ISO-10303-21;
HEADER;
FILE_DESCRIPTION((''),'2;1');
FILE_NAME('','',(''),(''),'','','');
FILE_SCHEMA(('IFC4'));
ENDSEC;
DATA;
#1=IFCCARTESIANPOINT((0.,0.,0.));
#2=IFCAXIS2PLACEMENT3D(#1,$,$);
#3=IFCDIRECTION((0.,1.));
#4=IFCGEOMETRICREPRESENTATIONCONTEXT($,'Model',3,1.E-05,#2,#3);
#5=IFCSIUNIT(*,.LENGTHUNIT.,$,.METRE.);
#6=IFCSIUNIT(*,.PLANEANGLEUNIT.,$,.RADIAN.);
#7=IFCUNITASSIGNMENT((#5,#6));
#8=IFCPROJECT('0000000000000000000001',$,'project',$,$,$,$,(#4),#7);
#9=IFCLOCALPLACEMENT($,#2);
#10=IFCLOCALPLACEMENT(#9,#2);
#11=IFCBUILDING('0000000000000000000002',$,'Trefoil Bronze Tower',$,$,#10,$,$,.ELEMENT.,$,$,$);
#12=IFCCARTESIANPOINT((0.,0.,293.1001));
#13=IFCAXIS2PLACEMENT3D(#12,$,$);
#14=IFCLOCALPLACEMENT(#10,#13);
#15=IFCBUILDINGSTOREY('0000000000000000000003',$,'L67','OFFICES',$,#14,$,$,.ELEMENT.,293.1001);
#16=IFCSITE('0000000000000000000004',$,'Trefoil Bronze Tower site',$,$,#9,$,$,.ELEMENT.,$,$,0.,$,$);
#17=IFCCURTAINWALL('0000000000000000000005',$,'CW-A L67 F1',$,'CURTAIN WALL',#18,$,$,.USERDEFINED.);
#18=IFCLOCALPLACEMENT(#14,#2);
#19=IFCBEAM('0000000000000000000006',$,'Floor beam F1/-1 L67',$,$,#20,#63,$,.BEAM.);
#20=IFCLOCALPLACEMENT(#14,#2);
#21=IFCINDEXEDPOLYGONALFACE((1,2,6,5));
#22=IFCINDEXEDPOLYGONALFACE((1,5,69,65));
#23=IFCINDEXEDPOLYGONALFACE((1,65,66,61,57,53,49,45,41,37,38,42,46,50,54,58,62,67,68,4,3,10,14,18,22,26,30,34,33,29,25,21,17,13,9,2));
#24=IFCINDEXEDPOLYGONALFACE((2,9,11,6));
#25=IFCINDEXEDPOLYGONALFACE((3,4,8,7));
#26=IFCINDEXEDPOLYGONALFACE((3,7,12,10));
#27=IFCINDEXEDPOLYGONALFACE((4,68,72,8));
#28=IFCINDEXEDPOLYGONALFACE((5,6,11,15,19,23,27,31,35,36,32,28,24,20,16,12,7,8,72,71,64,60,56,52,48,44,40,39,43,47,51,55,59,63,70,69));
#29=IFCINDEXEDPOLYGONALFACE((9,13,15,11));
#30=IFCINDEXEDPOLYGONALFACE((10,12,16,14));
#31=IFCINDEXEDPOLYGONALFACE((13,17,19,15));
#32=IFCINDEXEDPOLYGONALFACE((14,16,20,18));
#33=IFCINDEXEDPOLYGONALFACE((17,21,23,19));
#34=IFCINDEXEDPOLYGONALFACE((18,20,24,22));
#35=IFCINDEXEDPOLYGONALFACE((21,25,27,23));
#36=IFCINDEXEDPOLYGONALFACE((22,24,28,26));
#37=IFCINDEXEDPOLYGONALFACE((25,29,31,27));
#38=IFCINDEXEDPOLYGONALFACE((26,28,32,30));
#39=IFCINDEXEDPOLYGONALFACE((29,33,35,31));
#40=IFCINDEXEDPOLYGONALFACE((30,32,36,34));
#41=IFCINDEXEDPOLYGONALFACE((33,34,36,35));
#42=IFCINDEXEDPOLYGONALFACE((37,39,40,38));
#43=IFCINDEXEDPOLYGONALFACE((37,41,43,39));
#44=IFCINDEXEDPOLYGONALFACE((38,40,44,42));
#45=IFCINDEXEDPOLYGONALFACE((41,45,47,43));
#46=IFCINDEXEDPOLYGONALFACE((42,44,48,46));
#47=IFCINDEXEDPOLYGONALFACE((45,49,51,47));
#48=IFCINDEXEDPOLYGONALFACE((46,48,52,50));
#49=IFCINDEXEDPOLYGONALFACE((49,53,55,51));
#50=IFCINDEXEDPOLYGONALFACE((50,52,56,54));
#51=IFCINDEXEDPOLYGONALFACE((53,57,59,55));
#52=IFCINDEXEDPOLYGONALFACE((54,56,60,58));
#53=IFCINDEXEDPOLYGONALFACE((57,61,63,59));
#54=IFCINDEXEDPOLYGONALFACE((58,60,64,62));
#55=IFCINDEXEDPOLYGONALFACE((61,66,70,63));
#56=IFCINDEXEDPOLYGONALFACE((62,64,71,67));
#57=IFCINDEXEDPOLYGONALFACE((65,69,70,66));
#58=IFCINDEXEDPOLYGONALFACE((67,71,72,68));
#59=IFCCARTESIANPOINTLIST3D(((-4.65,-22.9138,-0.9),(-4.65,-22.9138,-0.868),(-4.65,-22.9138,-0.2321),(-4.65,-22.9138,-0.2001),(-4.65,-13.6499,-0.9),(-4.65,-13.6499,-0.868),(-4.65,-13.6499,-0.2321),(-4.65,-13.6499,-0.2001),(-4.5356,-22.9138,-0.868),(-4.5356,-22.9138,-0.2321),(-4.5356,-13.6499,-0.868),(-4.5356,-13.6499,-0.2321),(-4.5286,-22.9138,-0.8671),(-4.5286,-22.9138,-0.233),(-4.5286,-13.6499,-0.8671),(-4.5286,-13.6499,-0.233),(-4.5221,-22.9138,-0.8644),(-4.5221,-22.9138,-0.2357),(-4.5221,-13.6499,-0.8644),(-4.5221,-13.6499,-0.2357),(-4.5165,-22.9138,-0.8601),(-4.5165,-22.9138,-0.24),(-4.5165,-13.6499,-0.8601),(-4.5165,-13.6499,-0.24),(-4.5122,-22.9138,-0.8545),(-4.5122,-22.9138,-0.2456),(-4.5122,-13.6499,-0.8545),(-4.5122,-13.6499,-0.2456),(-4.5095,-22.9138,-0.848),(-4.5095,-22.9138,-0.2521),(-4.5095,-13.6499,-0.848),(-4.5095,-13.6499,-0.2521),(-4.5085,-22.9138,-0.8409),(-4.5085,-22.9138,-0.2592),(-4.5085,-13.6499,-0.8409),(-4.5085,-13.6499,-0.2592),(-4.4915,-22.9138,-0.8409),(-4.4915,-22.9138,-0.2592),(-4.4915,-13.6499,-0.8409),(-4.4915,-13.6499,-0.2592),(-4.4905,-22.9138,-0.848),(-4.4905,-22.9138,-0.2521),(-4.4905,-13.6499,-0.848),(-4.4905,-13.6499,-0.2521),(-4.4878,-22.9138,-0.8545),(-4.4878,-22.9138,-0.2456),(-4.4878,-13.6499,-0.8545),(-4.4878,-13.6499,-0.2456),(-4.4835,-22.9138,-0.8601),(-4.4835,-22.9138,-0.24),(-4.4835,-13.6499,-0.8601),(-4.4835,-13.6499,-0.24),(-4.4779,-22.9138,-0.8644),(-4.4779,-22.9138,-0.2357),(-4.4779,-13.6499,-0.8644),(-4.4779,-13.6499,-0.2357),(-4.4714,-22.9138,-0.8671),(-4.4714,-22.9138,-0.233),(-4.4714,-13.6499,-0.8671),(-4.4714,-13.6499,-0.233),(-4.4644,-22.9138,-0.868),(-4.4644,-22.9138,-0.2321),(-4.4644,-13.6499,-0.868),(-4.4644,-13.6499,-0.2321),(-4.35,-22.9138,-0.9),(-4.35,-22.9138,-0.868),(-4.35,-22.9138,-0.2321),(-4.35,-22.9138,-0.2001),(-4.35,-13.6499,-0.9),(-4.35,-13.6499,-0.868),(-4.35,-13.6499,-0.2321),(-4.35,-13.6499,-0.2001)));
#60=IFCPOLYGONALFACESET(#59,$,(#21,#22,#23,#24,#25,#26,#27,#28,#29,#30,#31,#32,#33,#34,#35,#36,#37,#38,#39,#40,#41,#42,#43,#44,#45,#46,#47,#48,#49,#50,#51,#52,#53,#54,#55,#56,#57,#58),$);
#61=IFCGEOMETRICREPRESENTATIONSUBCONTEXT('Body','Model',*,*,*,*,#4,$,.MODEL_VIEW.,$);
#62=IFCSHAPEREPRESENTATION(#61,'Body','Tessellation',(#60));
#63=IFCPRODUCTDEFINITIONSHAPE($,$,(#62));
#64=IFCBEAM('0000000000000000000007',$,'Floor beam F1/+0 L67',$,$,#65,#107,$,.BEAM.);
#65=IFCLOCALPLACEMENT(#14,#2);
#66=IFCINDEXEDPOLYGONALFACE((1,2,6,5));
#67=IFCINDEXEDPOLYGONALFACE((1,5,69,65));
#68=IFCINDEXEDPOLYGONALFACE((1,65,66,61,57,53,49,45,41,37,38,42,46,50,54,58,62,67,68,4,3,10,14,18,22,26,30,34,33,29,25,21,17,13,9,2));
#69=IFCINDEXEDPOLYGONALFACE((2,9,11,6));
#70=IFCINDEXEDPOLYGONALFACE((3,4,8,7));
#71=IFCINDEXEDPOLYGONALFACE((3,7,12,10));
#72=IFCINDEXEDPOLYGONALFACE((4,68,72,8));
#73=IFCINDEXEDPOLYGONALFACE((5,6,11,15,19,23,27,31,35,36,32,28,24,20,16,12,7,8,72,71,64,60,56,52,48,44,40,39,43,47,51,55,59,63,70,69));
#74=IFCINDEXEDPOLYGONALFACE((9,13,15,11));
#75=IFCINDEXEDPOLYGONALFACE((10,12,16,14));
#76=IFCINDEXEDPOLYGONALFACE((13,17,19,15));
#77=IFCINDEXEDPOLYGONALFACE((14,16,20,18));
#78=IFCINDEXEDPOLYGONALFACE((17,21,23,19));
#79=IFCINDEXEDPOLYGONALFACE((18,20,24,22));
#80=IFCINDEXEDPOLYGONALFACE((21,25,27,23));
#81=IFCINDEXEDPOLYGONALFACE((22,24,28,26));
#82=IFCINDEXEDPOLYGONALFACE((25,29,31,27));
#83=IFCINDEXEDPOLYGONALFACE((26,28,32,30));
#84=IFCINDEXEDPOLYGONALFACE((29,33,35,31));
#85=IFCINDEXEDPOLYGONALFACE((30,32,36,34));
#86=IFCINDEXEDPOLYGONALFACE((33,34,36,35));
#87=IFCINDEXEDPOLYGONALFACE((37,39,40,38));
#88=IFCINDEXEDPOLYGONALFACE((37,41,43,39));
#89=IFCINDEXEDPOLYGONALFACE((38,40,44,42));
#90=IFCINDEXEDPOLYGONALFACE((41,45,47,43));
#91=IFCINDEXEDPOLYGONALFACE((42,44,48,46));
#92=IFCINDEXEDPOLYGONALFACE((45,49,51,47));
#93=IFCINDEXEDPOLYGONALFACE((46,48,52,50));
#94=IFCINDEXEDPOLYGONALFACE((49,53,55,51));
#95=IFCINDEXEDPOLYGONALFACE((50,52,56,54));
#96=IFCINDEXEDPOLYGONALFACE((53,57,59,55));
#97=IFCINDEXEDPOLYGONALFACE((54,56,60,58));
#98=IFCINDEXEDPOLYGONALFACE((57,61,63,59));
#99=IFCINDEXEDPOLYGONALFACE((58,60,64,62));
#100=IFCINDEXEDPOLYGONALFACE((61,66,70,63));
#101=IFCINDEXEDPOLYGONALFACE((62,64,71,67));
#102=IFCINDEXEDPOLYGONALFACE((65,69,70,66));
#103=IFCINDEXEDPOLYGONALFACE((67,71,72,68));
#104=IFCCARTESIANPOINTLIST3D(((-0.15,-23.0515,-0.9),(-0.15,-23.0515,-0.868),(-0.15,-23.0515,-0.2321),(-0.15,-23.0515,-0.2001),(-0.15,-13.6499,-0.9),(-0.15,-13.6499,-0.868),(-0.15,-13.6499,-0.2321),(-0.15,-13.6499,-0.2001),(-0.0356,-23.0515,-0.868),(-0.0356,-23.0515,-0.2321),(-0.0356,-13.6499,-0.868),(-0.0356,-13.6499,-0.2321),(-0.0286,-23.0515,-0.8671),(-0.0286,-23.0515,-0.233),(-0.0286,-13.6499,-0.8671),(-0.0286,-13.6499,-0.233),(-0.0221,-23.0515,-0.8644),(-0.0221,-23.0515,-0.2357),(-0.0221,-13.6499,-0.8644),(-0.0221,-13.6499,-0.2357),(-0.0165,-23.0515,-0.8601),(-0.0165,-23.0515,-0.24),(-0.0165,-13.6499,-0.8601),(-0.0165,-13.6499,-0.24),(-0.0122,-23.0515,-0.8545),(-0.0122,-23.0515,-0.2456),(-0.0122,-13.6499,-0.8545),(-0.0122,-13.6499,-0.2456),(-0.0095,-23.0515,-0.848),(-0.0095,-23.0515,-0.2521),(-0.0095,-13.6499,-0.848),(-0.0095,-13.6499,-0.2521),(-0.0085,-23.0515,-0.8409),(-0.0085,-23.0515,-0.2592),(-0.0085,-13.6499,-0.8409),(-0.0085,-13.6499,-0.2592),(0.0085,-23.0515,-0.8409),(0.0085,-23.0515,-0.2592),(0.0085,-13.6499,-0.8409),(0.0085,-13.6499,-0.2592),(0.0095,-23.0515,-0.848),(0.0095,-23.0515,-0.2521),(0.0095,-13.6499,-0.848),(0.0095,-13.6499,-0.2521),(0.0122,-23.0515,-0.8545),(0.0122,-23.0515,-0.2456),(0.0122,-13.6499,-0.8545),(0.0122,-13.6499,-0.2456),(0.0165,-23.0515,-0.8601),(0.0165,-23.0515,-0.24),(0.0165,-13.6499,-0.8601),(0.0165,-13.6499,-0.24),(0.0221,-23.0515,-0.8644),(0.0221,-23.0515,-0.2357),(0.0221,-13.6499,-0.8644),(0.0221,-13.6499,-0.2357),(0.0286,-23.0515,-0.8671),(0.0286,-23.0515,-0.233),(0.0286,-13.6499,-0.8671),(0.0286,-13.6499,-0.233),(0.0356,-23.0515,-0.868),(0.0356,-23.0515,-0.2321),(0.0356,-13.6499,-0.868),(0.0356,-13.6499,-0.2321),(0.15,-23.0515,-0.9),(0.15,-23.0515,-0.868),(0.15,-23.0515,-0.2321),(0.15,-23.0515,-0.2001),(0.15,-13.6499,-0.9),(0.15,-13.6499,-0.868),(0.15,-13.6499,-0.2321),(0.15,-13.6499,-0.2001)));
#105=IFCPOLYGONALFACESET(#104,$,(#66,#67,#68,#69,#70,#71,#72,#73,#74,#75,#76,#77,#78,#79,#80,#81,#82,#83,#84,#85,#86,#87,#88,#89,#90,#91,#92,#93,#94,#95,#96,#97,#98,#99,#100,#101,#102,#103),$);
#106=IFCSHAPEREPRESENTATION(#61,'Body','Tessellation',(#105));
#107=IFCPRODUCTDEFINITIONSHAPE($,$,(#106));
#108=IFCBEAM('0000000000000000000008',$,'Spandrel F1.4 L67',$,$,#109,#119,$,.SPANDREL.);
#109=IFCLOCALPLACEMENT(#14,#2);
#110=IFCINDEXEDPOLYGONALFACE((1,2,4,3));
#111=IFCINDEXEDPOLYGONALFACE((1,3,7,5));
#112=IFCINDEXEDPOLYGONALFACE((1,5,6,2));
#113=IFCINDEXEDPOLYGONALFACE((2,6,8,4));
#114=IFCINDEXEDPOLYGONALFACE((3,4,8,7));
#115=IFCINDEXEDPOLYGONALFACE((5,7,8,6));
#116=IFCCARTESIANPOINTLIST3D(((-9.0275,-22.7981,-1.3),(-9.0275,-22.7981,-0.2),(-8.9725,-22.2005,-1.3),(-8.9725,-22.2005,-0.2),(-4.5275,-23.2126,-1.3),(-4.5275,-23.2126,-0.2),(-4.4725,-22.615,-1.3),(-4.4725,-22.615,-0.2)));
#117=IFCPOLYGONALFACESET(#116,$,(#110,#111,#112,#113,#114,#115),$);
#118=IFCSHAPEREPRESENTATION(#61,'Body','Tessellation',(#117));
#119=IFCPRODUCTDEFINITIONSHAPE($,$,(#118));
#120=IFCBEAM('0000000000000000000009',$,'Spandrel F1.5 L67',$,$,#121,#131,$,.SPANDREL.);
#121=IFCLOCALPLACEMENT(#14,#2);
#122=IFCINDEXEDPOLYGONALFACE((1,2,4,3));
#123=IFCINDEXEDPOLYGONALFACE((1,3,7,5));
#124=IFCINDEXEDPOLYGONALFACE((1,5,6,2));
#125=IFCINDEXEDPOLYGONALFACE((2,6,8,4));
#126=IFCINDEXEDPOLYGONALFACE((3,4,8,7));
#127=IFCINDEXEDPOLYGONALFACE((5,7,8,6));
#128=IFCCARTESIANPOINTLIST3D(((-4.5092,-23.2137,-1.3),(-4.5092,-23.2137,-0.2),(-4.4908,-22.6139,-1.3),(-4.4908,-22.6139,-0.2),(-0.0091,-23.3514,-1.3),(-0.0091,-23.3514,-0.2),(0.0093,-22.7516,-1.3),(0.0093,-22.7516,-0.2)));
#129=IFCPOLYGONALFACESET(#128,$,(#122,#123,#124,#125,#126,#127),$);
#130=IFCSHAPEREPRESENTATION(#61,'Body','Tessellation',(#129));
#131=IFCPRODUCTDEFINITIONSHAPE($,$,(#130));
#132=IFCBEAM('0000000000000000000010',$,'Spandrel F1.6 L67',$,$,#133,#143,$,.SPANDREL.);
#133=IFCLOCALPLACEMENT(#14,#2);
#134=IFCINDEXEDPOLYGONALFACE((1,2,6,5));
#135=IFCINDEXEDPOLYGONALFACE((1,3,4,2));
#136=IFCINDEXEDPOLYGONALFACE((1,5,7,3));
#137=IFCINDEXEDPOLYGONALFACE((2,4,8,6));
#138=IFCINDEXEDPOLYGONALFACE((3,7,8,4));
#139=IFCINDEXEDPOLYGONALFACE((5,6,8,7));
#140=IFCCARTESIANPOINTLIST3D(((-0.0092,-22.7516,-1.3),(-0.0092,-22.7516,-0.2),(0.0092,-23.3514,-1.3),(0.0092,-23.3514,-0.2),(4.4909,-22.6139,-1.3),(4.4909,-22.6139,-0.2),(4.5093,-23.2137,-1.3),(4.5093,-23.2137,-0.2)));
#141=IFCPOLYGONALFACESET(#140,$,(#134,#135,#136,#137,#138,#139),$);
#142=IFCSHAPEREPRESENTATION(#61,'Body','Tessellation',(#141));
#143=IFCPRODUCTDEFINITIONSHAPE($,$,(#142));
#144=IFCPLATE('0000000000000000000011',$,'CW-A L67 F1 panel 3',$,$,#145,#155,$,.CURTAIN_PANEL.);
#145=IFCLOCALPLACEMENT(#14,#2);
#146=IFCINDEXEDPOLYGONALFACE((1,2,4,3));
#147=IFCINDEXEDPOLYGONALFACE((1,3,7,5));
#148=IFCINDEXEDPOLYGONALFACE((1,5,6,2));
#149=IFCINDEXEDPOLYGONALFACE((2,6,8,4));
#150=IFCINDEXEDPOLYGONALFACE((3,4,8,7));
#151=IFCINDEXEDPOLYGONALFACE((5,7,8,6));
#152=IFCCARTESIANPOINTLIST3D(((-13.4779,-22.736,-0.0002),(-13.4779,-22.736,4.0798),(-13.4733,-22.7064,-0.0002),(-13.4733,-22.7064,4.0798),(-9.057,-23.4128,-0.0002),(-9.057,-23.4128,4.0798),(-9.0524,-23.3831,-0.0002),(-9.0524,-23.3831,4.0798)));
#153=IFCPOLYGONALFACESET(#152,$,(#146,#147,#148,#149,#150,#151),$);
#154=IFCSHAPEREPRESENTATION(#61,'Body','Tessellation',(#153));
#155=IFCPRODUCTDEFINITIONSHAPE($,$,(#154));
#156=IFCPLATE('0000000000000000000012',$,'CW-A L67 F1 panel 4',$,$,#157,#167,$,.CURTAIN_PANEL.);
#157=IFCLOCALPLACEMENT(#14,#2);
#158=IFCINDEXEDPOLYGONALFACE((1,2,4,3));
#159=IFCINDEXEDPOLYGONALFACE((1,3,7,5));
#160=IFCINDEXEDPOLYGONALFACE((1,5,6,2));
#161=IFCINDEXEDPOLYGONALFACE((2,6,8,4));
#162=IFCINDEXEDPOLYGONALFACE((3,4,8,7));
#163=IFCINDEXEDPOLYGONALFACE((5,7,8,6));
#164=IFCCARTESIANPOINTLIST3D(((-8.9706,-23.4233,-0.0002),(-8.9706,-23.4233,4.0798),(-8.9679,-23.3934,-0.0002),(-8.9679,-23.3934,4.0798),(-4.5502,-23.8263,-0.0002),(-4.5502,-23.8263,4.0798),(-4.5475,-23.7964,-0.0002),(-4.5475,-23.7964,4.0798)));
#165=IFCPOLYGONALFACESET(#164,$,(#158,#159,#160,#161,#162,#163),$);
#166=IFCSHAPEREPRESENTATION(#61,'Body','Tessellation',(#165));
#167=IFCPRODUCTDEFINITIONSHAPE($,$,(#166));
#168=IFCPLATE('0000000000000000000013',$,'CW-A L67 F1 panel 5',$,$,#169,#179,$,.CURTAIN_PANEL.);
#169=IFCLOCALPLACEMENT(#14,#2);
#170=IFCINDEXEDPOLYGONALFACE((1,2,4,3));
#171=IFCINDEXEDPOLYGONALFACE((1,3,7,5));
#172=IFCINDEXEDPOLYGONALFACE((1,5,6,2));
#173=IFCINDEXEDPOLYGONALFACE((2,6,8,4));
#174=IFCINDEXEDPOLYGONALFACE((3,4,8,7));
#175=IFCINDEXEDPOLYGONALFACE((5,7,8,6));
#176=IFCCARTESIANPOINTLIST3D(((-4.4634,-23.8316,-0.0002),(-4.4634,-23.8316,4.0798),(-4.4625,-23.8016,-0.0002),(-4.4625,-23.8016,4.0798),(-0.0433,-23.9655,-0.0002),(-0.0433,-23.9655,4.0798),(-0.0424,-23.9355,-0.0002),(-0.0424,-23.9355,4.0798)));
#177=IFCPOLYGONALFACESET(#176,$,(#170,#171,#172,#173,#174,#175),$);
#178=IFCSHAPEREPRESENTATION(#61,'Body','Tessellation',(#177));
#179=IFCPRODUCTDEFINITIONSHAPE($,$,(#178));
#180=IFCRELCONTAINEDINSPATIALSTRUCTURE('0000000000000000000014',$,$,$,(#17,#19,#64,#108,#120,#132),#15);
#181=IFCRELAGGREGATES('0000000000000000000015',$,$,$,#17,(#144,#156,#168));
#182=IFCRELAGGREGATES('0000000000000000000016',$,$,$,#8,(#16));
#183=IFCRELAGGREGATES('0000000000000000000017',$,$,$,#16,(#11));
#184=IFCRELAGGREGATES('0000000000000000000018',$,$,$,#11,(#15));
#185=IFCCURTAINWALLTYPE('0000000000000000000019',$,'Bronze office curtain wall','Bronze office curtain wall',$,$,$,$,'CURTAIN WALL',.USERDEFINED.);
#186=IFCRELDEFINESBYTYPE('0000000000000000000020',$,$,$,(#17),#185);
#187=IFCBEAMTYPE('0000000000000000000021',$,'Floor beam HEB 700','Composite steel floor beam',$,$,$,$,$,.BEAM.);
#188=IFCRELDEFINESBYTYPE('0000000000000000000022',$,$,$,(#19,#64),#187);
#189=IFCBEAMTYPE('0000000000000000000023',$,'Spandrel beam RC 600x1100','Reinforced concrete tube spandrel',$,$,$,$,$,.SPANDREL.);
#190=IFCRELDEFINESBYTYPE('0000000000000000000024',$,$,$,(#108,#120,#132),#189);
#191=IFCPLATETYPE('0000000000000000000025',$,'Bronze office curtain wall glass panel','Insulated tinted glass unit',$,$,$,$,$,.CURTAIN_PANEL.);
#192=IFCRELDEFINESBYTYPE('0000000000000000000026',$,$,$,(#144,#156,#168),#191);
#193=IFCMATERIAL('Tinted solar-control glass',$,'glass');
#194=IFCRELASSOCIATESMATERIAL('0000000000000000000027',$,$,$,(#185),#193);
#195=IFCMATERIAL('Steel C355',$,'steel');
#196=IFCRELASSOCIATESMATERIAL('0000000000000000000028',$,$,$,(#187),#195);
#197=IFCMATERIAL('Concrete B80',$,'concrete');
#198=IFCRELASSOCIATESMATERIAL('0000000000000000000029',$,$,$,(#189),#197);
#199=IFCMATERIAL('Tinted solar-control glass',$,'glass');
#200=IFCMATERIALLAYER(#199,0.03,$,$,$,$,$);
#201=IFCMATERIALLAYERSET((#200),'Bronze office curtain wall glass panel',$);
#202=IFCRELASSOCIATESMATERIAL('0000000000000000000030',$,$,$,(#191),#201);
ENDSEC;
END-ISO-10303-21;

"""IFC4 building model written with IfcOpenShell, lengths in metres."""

from ifc_helpers import new_model, si_unit, direction, frame, origin, origin_2d, place, context, subcontext, project, spatial, rectangle, i_section, extrude, material, layer, layer_set, material_profile, profile_set, type_object, element, aggregate, save


model = new_model("IFC4")

# Units and contexts
model_context = context("Model", 3, precision=1e-05, world=origin(), true_north=direction((0.0, 1.0)))
body_context = subcontext(model_context, "Body", "Model", "MODEL_VIEW")
ifc_project = project(units=[si_unit("LENGTHUNIT", "METRE"), si_unit("PLANEANGLEUNIT", "RADIAN")], contexts=[model_context])

# Site, building, storey
site_placement = place(None, origin())
site = spatial("IfcSite", under=ifc_project, at=site_placement, Name="Trefoil Bronze Tower site", CompositionType="ELEMENT", RefElevation=0.0)
building_placement = place(site_placement, origin())
building = spatial("IfcBuilding", under=site, at=building_placement, Name="Trefoil Bronze Tower", CompositionType="ELEMENT")
storey_placement = place(building_placement, frame((0.0, 0.0, 293.1001)))
storey = spatial("IfcBuildingStorey", under=building, at=storey_placement, Name="L67", Description="OFFICES", CompositionType="ELEMENT", Elevation=293.1001)

# Curtain wall
ifc_material_1 = material(Name="Tinted solar-control glass", Category="glass")
curtain_wall_type = type_object("IfcCurtainWallType", Name="Bronze office curtain wall", Description="Bronze office curtain wall", ElementType="CURTAIN WALL", PredefinedType="USERDEFINED", material=ifc_material_1)
curtain_wall_placement = place(storey_placement, origin())
curtain_wall = element("IfcCurtainWall", 1, at=curtain_wall_placement, inside=storey, type_object=curtain_wall_type, Name="CW-A L67 F1", ObjectType="CURTAIN WALL", PredefinedType="USERDEFINED")

# Beams
ifc_material_2 = material(Name="Steel C355", Category="steel")
ifc_material_profile_1 = material_profile(ifc_material_2, i_section(OverallWidth=0.3, OverallDepth=0.7, WebThickness=0.0171, FlangeThickness=0.032, FilletRadius=0.0271, at=origin_2d()), Name="HEB 700")
ifc_profile_set_1 = profile_set([ifc_material_profile_1], Name="Steel C355")
beam_type_1 = type_object("IfcBeamType", Name="Floor beam HEB 700", Description="Composite steel floor beam", PredefinedType="BEAM", material=ifc_profile_set_1)
beam_1_placement = place(storey_placement, frame((-4.5, -22.9138, -0.55), z_axis=(0.0, 1.0, 0.0), x_axis=(-1.0, 0.0, 0.0)))
element("IfcBeam", 2, at=beam_1_placement, inside=storey, type_object=beam_type_1, Name="Floor beam F1/-1 L67", PredefinedType="BEAM", context=body_context, shape_type="SweptSolid", body=[
    extrude(i_section(OverallWidth=0.3, OverallDepth=0.7, WebThickness=0.0171, FlangeThickness=0.032, FilletRadius=0.0271, at=origin_2d()), origin(), (0.0, 0.0, 1.0), 9.2639),
])
beam_2_placement = place(storey_placement, frame((0.0, -23.0515, -0.55), z_axis=(0.0, 1.0, 0.0), x_axis=(-1.0, 0.0, 0.0)))
element("IfcBeam", 3, at=beam_2_placement, inside=storey, type_object=beam_type_1, Name="Floor beam F1/+0 L67", PredefinedType="BEAM", context=body_context, shape_type="SweptSolid", body=[
    extrude(i_section(OverallWidth=0.3, OverallDepth=0.7, WebThickness=0.0171, FlangeThickness=0.032, FilletRadius=0.0271, at=origin_2d()), origin(), (0.0, 0.0, 1.0), 9.4016),
])
ifc_material_3 = material(Name="Concrete B80", Category="concrete")
ifc_material_profile_2 = material_profile(ifc_material_3, rectangle(XDim=0.6001, YDim=1.1001, at=origin_2d()), Name="RC 600x1100")
ifc_profile_set_2 = profile_set([ifc_material_profile_2], Name="Concrete B80")
beam_type_2 = type_object("IfcBeamType", Name="Spandrel beam RC 600x1100", Description="Reinforced concrete tube spandrel", PredefinedType="SPANDREL", material=ifc_profile_set_2)
beam_3_placement = place(storey_placement, frame((-9.0, -22.4993, -0.75), z_axis=(0.995784, -0.091734, 0.0), x_axis=(0.091734, 0.995784, 0.0)))
element("IfcBeam", 4, at=beam_3_placement, inside=storey, type_object=beam_type_2, Name="Spandrel F1.4 L67", PredefinedType="SPANDREL", context=body_context, shape_type="SweptSolid", body=[
    extrude(rectangle(XDim=0.6001, YDim=1.1001, at=origin_2d()), origin(), (0.0, 0.0, 1.0), 4.519),
])
for number, where, z_axis, x_axis, name in (
    (5, (-4.5, -22.9138, -0.75), (0.999532, -0.030585, 0.0), (0.030585, 0.999532, 0.0), "Spandrel F1.5 L67"),
    (6, (0.0, -23.0515, -0.75), (0.999532, 0.030585, 0.0), (-0.030585, 0.999532, 0.0), "Spandrel F1.6 L67"),
):
    element("IfcBeam", number, at=place(storey_placement, frame(where, z_axis=z_axis, x_axis=x_axis)), inside=storey, type_object=beam_type_2, Name=name, PredefinedType="SPANDREL", context=body_context, shape_type="SweptSolid", body=[
        extrude(rectangle(XDim=0.6001, YDim=1.1001, at=origin_2d()), origin(), (0.0, 0.0, 1.0), 4.5022),
    ])

# Plates
ifc_material_4 = material(Name="Tinted solar-control glass", Category="glass")
ifc_layer_1 = layer(ifc_material_4, 0.03)
ifc_layer_set_1 = layer_set([ifc_layer_1], Name="Bronze office curtain wall glass panel")
plate_type = type_object("IfcPlateType", Name="Bronze office curtain wall glass panel", Description="Insulated tinted glass unit", PredefinedType="CURTAIN_PANEL", material=ifc_layer_set_1)
plate_1_placement = place(storey_placement, frame((-11.2651, -23.0596, -0.0002), z_axis=(0.0, 0.0, 1.0), x_axis=(0.988485, -0.151317, 0.0)))
plate_1 = element("IfcPlate", 7, at=plate_1_placement, type_object=plate_type, Name="CW-A L67 F1 panel 3", PredefinedType="CURTAIN_PANEL", context=body_context, shape_type="SweptSolid", body=[
    extrude(rectangle(XDim=4.4724, YDim=0.03, at=origin_2d()), origin(), (0.0, 0.0, 1.0), 4.0801),
])
plate_2_placement = place(storey_placement, frame((-6.759, -23.6099, -0.0002), z_axis=(0.0, 0.0, 1.0), x_axis=(0.99587, -0.090789, 0.0)))
plate_2 = element("IfcPlate", 8, at=plate_2_placement, type_object=plate_type, Name="CW-A L67 F1 panel 4", PredefinedType="CURTAIN_PANEL", context=body_context, shape_type="SweptSolid", body=[
    extrude(rectangle(XDim=4.4387, YDim=0.03, at=origin_2d()), origin(), (0.0, 0.0, 1.0), 4.0801),
])
plate_3_placement = place(storey_placement, frame((-2.2529, -23.8835, -0.0002), z_axis=(0.0, 0.0, 1.0), x_axis=(0.999542, -0.030263, 0.0)))
plate_3 = element("IfcPlate", 9, at=plate_3_placement, type_object=plate_type, Name="CW-A L67 F1 panel 5", PredefinedType="CURTAIN_PANEL", context=body_context, shape_type="SweptSolid", body=[
    extrude(rectangle(XDim=4.4221, YDim=0.03, at=origin_2d()), origin(), (0.0, 0.0, 1.0), 4.0801),
])
aggregate(curtain_wall, [plate_1, plate_2, plate_3])

save(model, "model.ifc")
